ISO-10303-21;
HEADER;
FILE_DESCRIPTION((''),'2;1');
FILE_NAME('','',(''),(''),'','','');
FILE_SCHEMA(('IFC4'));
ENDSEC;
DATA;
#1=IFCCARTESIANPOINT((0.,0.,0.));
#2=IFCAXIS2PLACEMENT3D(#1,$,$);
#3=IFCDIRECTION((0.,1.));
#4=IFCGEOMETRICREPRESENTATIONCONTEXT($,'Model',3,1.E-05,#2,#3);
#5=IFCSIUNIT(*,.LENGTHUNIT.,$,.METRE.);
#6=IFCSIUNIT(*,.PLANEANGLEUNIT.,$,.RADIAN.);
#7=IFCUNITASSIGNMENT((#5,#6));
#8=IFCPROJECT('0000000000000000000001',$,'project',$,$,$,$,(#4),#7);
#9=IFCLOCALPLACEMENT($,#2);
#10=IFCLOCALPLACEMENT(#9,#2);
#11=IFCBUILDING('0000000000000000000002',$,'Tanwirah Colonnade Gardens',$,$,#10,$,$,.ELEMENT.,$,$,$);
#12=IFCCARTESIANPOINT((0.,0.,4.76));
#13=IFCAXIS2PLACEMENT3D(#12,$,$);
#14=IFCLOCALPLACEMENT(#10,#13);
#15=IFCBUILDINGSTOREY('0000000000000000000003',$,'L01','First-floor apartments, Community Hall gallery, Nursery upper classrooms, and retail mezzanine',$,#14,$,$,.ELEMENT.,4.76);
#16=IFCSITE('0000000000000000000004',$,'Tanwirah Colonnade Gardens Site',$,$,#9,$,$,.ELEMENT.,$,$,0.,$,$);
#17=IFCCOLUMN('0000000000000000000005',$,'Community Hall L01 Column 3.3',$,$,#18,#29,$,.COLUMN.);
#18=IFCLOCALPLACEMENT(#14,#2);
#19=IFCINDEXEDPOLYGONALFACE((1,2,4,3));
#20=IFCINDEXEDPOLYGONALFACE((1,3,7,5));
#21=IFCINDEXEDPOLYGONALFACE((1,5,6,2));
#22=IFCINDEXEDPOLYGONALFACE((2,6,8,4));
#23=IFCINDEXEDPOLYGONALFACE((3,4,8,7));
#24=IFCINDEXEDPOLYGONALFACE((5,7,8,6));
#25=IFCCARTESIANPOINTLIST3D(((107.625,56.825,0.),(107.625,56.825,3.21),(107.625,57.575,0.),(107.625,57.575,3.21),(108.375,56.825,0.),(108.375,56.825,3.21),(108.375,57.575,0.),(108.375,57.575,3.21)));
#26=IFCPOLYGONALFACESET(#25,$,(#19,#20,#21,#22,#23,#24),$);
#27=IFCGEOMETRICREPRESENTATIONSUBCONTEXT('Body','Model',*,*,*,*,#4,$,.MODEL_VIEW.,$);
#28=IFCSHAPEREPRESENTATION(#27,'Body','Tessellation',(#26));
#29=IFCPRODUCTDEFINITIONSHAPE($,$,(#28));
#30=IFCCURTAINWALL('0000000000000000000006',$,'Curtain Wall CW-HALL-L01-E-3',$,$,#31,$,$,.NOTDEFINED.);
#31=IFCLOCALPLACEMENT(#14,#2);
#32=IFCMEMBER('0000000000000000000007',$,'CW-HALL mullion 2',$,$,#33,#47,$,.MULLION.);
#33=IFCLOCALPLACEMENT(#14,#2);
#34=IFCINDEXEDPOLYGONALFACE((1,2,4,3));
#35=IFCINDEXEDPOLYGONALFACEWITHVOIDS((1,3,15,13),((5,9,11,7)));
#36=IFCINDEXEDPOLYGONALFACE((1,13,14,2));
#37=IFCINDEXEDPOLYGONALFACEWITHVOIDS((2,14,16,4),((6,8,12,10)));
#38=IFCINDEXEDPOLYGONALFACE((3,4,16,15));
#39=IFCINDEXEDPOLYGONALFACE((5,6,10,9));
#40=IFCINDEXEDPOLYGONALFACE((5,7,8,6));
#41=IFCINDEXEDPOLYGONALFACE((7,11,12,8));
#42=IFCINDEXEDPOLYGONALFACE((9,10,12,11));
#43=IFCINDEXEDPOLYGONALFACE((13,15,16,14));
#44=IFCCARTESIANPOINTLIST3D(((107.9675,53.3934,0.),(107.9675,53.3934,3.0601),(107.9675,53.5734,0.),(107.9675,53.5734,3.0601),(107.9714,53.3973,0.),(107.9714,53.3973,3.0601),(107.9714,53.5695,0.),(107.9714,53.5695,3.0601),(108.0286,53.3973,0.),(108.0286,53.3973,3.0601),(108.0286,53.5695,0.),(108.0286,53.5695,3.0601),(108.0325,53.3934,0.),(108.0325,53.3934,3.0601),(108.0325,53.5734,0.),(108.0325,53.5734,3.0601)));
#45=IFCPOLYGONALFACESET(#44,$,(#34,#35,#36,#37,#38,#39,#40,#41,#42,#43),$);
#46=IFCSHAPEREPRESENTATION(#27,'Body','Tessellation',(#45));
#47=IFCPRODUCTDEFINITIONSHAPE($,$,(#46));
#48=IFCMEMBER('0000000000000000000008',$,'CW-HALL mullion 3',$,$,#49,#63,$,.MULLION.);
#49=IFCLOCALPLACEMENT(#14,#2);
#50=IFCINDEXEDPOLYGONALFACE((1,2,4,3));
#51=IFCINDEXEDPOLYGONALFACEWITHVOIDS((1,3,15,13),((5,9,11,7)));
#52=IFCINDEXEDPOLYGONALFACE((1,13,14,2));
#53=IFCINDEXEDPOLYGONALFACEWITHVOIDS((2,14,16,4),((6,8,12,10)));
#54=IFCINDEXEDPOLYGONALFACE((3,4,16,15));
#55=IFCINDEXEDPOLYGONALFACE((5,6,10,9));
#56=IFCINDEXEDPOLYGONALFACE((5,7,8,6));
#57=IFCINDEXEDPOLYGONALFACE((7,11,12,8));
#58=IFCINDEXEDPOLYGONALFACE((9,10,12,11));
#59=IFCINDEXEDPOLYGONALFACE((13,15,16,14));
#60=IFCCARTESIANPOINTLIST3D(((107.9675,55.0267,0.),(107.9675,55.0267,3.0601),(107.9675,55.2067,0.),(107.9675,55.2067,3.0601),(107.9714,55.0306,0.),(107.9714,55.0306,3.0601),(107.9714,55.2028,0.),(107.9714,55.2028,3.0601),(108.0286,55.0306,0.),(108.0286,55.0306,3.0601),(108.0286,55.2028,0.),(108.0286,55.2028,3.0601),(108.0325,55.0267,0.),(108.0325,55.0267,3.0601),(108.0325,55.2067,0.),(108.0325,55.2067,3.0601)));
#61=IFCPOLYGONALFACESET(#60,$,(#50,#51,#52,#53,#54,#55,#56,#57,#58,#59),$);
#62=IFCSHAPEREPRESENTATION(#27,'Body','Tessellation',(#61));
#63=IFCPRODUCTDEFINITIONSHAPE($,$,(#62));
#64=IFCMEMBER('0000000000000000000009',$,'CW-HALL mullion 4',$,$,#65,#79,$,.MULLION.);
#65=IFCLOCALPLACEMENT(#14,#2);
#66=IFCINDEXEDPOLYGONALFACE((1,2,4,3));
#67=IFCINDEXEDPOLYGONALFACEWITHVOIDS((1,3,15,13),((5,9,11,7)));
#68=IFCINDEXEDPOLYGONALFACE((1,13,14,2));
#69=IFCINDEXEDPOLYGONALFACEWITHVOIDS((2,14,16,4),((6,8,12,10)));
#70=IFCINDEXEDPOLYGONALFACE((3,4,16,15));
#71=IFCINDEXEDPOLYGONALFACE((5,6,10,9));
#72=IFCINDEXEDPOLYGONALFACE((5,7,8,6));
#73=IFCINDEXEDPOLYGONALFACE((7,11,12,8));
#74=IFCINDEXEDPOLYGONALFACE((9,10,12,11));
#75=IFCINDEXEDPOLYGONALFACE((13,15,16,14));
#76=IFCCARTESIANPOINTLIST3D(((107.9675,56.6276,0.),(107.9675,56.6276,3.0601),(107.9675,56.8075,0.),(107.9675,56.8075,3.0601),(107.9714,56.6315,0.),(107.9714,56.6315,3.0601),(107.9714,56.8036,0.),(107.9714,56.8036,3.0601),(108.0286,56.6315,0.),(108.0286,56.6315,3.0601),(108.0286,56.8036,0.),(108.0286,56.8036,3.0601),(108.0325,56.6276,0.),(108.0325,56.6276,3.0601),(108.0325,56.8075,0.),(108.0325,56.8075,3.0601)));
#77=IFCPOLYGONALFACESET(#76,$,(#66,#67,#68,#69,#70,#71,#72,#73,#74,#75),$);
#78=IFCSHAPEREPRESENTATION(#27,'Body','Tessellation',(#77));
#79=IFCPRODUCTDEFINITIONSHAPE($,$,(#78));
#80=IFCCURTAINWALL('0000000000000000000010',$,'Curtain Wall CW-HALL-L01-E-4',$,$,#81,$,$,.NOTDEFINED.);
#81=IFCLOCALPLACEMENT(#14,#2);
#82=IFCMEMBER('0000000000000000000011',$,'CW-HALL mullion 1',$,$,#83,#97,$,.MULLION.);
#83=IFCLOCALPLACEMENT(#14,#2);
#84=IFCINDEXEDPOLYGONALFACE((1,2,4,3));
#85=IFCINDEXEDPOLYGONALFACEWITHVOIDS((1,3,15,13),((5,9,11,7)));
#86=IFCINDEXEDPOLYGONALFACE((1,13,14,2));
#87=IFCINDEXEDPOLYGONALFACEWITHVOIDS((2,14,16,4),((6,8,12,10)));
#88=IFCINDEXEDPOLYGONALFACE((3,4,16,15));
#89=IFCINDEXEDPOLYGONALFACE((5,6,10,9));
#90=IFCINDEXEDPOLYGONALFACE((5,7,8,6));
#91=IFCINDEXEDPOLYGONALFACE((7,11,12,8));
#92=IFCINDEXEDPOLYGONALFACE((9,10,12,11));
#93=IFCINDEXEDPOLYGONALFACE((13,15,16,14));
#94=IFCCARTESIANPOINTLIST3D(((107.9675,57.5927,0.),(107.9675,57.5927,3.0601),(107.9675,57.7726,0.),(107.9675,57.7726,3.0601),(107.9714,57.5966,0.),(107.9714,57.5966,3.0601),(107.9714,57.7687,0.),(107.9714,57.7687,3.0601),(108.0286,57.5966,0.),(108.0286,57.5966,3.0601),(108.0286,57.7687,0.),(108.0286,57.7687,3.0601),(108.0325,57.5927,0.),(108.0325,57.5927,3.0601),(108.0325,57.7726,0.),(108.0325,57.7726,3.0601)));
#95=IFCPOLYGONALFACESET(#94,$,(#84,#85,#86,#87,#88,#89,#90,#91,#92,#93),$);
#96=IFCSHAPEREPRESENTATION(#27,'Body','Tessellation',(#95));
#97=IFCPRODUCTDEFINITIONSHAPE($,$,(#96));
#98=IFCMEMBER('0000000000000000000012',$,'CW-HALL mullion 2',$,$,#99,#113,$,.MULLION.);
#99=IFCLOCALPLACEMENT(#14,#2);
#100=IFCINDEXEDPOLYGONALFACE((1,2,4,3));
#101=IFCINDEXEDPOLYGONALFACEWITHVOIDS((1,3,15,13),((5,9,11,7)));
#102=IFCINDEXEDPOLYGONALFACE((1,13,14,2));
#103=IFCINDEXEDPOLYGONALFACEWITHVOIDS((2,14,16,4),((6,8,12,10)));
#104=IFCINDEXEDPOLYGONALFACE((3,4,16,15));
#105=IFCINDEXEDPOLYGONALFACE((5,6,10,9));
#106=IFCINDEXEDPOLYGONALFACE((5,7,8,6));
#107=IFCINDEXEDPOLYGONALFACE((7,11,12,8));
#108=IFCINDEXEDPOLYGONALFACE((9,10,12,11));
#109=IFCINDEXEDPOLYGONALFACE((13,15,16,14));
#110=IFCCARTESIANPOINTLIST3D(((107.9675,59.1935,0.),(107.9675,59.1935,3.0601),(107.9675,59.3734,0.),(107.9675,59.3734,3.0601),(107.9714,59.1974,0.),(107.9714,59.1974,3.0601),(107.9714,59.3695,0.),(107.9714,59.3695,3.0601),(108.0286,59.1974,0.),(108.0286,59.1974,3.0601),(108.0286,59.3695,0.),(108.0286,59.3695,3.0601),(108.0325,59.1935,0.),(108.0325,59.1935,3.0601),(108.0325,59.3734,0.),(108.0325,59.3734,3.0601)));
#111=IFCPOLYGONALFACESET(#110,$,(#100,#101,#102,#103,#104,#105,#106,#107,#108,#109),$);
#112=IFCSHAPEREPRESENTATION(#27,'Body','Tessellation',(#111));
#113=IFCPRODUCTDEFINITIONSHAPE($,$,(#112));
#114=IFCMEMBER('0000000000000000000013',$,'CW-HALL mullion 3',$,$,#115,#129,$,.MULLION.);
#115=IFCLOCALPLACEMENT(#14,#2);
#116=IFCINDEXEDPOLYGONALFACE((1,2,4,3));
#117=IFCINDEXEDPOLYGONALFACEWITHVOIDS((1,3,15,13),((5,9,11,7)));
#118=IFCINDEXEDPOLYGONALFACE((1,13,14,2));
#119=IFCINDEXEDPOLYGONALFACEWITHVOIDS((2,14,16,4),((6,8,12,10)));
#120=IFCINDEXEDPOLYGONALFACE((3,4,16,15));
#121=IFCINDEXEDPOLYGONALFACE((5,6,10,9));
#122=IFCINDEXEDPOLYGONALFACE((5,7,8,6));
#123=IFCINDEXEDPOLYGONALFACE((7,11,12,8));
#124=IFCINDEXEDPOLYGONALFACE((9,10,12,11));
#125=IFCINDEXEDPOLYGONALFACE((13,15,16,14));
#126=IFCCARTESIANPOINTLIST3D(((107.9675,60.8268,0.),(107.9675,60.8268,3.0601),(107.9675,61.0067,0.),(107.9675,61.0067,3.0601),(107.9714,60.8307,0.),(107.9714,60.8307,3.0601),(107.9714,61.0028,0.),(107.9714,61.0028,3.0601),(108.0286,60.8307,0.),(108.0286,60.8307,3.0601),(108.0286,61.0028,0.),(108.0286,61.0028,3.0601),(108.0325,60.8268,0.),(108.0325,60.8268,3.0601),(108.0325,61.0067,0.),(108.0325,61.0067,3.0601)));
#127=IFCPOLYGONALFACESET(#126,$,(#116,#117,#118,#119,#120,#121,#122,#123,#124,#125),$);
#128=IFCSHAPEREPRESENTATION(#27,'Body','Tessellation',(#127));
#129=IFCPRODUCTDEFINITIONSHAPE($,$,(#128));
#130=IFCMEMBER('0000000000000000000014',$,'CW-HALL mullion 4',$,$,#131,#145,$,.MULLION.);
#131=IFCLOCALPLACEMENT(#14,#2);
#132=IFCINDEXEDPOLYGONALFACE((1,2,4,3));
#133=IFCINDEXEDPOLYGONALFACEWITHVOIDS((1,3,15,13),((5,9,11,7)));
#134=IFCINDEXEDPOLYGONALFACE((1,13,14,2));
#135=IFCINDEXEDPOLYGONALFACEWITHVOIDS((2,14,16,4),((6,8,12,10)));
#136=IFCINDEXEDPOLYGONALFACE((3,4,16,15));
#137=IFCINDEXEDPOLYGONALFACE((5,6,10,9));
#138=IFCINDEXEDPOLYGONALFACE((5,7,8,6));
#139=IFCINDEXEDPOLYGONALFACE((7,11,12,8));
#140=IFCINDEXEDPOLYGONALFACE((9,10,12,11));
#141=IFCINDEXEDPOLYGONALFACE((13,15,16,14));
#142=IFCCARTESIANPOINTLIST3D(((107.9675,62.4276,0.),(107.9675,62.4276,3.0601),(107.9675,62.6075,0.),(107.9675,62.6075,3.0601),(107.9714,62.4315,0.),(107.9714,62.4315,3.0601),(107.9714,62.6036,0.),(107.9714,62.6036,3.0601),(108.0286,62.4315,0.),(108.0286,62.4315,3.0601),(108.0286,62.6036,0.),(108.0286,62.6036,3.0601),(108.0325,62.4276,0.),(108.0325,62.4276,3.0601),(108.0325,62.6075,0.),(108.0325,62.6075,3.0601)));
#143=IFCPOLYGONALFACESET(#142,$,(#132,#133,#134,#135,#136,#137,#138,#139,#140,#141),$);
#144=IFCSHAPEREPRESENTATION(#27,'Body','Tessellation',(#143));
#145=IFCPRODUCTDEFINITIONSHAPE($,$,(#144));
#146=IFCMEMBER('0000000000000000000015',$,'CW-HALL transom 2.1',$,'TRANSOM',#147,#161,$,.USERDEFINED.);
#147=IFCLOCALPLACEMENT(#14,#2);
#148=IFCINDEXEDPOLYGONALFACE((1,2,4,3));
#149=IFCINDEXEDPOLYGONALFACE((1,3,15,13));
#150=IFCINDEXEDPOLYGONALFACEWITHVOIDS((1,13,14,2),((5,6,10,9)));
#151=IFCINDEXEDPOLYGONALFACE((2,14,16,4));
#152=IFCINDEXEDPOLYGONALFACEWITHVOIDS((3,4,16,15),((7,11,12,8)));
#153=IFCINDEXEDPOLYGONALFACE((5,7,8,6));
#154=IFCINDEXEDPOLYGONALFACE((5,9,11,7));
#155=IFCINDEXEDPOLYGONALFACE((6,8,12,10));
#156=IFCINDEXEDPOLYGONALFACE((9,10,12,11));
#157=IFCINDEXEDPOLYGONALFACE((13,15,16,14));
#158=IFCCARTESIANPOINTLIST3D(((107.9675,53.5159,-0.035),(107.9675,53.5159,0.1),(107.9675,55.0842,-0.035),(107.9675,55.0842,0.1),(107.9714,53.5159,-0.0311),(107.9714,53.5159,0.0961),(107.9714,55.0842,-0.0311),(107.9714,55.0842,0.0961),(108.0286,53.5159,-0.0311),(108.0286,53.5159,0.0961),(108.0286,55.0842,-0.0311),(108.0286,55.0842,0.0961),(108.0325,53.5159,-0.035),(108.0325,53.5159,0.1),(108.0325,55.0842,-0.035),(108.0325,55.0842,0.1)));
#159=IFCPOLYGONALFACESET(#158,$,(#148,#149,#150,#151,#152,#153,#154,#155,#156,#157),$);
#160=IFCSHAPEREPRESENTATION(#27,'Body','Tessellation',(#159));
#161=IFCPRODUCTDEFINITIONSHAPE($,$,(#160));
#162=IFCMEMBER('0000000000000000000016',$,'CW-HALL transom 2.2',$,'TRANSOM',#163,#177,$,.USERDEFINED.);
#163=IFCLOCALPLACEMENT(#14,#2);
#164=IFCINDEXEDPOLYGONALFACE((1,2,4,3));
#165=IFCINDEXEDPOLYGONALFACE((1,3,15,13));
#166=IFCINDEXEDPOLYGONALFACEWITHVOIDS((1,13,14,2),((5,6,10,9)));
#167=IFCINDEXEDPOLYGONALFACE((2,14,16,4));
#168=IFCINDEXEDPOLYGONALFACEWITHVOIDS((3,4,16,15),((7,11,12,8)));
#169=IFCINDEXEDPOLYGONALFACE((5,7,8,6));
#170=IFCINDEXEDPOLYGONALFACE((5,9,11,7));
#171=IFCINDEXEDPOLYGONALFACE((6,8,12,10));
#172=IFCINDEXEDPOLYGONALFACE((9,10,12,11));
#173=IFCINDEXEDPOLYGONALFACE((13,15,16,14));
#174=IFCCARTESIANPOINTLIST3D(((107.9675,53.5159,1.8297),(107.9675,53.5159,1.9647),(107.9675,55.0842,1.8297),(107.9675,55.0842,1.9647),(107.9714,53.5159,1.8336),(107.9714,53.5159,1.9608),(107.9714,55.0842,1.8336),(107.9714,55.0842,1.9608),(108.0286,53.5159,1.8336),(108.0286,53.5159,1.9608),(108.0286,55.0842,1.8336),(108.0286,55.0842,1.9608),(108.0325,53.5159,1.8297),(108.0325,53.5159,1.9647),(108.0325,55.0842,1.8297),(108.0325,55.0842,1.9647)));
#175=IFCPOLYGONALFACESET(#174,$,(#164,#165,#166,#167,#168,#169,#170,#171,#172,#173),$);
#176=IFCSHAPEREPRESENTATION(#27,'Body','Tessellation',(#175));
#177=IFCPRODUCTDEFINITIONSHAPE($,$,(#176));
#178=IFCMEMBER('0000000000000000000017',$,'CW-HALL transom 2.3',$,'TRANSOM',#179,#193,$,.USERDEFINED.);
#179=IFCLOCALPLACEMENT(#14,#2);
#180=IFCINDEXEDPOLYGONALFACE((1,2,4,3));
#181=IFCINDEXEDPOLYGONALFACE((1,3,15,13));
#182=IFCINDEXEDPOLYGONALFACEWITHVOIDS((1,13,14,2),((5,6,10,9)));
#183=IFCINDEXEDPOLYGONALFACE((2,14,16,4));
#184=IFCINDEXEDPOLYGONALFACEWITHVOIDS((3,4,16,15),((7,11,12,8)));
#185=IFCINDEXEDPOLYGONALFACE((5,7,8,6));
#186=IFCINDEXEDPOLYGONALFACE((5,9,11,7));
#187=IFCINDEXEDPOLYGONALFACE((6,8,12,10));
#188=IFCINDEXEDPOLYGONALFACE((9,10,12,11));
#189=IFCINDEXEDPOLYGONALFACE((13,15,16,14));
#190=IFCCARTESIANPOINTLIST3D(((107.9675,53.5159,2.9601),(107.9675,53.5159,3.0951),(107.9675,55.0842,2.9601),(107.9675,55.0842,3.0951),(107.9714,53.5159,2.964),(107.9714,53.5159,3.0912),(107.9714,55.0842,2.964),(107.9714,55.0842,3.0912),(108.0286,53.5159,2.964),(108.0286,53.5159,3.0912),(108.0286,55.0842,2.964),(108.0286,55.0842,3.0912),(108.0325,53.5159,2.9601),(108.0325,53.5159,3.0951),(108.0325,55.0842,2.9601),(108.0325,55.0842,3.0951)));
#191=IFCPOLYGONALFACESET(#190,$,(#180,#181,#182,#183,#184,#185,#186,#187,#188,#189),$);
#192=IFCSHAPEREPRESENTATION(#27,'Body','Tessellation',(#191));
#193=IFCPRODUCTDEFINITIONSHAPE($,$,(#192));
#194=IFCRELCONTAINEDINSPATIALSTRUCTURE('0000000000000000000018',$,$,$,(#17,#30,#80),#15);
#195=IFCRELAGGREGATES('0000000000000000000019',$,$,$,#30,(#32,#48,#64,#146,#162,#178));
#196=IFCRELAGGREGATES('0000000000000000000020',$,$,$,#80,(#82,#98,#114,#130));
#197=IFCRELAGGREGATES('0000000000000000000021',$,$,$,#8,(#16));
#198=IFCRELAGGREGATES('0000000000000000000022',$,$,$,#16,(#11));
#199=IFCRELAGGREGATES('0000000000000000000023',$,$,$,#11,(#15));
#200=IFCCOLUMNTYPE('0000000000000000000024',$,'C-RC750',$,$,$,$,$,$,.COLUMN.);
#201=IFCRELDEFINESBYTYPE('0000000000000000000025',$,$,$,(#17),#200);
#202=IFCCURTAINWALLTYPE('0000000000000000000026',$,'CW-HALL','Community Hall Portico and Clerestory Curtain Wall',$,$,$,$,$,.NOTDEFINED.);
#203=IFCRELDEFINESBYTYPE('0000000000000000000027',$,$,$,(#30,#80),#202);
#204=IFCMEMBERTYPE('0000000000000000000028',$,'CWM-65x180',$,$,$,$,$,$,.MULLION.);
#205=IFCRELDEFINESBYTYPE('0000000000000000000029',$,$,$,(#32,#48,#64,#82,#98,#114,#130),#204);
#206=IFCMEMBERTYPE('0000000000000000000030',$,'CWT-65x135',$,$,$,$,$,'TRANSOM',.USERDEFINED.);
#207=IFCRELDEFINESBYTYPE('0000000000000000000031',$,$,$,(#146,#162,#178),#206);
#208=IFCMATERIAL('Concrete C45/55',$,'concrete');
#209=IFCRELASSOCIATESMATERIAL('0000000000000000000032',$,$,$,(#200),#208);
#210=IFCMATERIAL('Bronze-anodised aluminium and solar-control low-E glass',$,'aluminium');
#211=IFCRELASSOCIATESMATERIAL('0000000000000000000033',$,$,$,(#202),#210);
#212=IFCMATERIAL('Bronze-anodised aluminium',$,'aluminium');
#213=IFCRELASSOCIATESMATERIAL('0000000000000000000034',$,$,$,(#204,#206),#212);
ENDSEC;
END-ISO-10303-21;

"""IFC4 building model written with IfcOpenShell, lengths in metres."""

from ifc_helpers import new_model, si_unit, direction, frame, origin, origin_2d, place, context, subcontext, project, spatial, rectangle, hollow_rectangle, extrude, material, material_profile, profile_set, type_object, element, aggregate, save


model = new_model("IFC4")

# Units and contexts
model_context = context("Model", 3, precision=1e-05, world=origin(), true_north=direction((0.0, 1.0)))
body_context = subcontext(model_context, "Body", "Model", "MODEL_VIEW")
ifc_project = project(units=[si_unit("LENGTHUNIT", "METRE"), si_unit("PLANEANGLEUNIT", "RADIAN")], contexts=[model_context])

# Site, building, storey
site_placement = place(None, origin())
site = spatial("IfcSite", under=ifc_project, at=site_placement, Name="Tanwirah Colonnade Gardens Site", CompositionType="ELEMENT", RefElevation=0.0)
building_placement = place(site_placement, origin())
building = spatial("IfcBuilding", under=site, at=building_placement, Name="Tanwirah Colonnade Gardens", CompositionType="ELEMENT")
storey_placement = place(building_placement, frame((0.0, 0.0, 4.76)))
storey = spatial("IfcBuildingStorey", under=building, at=storey_placement, Name="L01", Description="First-floor apartments, Community Hall gallery, Nursery upper classrooms, and retail mezzanine", CompositionType="ELEMENT", Elevation=4.76)

# Column
ifc_material_1 = material(Name="Concrete C45/55", Category="concrete")
ifc_material_profile_1 = material_profile(ifc_material_1, rectangle(XDim=0.75, YDim=0.75, at=origin_2d()), Name="RC-COL 750x750")
ifc_profile_set_1 = profile_set([ifc_material_profile_1], Name="Concrete C45/55")
column_type = type_object("IfcColumnType", Name="C-RC750", PredefinedType="COLUMN", material=ifc_profile_set_1)
column_placement = place(storey_placement, frame((108.0, 57.2, 0.0), z_axis=(0.0, 0.0, 1.0), x_axis=(1.0, 0.0, 0.0)))
element("IfcColumn", 1, at=column_placement, inside=storey, type_object=column_type, Name="Community Hall L01 Column 3.3", PredefinedType="COLUMN", context=body_context, shape_type="SweptSolid", body=[
    extrude(rectangle(XDim=0.75, YDim=0.75, at=origin_2d()), origin(), (0.0, 0.0, 1.0), 3.21),
])

# Curtain walls, members
ifc_material_2 = material(Name="Bronze-anodised aluminium and solar-control low-E glass", Category="aluminium")
curtain_wall_type = type_object("IfcCurtainWallType", Name="CW-HALL", Description="Community Hall Portico and Clerestory Curtain Wall", PredefinedType="NOTDEFINED", material=ifc_material_2)
curtain_wall_1_placement = place(storey_placement, origin())
curtain_wall_1 = element("IfcCurtainWall", 2, at=curtain_wall_1_placement, inside=storey, type_object=curtain_wall_type, Name="Curtain Wall CW-HALL-L01-E-3", PredefinedType="NOTDEFINED")
ifc_material_3 = material(Name="Bronze-anodised aluminium", Category="aluminium")
ifc_material_profile_2 = material_profile(ifc_material_3, hollow_rectangle(XDim=0.0649, YDim=0.1799, WallThickness=0.0039, at=origin_2d()), Name="CW-MUL 65x180x4")
ifc_profile_set_2 = profile_set([ifc_material_profile_2], Name="Bronze-anodised aluminium")
member_type_1 = type_object("IfcMemberType", Name="CWM-65x180", PredefinedType="MULLION", material=ifc_profile_set_2)
member_1_placement = place(storey_placement, frame((108.0, 53.4834, 0.0), z_axis=(0.0, 0.0, 1.0), x_axis=(-1.0, 0.0, 0.0)))
member_1 = element("IfcMember", 3, at=member_1_placement, type_object=member_type_1, Name="CW-HALL mullion 2", PredefinedType="MULLION", context=body_context, shape_type="SweptSolid", body=[
    extrude(hollow_rectangle(XDim=0.0649, YDim=0.1799, WallThickness=0.0039, at=origin_2d()), origin(), (0.0, 0.0, 1.0), 3.0601),
])
member_2_placement = place(storey_placement, frame((108.0, 55.1167, 0.0), z_axis=(0.0, 0.0, 1.0), x_axis=(-1.0, 0.0, 0.0)))
member_2 = element("IfcMember", 4, at=member_2_placement, type_object=member_type_1, Name="CW-HALL mullion 3", PredefinedType="MULLION", context=body_context, shape_type="SweptSolid", body=[
    extrude(hollow_rectangle(XDim=0.0649, YDim=0.1799, WallThickness=0.0039, at=origin_2d()), origin(), (0.0, 0.0, 1.0), 3.0601),
])
member_3_placement = place(storey_placement, frame((108.0, 56.7175, 0.0), z_axis=(0.0, 0.0, 1.0), x_axis=(-1.0, 0.0, 0.0)))
member_3 = element("IfcMember", 5, at=member_3_placement, type_object=member_type_1, Name="CW-HALL mullion 4", PredefinedType="MULLION", context=body_context, shape_type="SweptSolid", body=[
    extrude(hollow_rectangle(XDim=0.0649, YDim=0.1799, WallThickness=0.0039, at=origin_2d()), origin(), (0.0, 0.0, 1.0), 3.0601),
])
curtain_wall_2_placement = place(storey_placement, origin())
curtain_wall_2 = element("IfcCurtainWall", 6, at=curtain_wall_2_placement, inside=storey, type_object=curtain_wall_type, Name="Curtain Wall CW-HALL-L01-E-4", PredefinedType="NOTDEFINED")
member_4_placement = place(storey_placement, frame((108.0, 57.6826, 0.0), z_axis=(0.0, 0.0, 1.0), x_axis=(-1.0, 0.0, 0.0)))
member_4 = element("IfcMember", 7, at=member_4_placement, type_object=member_type_1, Name="CW-HALL mullion 1", PredefinedType="MULLION", context=body_context, shape_type="SweptSolid", body=[
    extrude(hollow_rectangle(XDim=0.0649, YDim=0.1799, WallThickness=0.0039, at=origin_2d()), origin(), (0.0, 0.0, 1.0), 3.0601),
])
member_5_placement = place(storey_placement, frame((108.0, 59.2834, 0.0), z_axis=(0.0, 0.0, 1.0), x_axis=(-1.0, 0.0, 0.0)))
member_5 = element("IfcMember", 8, at=member_5_placement, type_object=member_type_1, Name="CW-HALL mullion 2", PredefinedType="MULLION", context=body_context, shape_type="SweptSolid", body=[
    extrude(hollow_rectangle(XDim=0.0649, YDim=0.1799, WallThickness=0.0039, at=origin_2d()), origin(), (0.0, 0.0, 1.0), 3.0601),
])
member_6_placement = place(storey_placement, frame((108.0, 60.9167, 0.0), z_axis=(0.0, 0.0, 1.0), x_axis=(-1.0, 0.0, 0.0)))
member_6 = element("IfcMember", 9, at=member_6_placement, type_object=member_type_1, Name="CW-HALL mullion 3", PredefinedType="MULLION", context=body_context, shape_type="SweptSolid", body=[
    extrude(hollow_rectangle(XDim=0.0649, YDim=0.1799, WallThickness=0.0039, at=origin_2d()), origin(), (0.0, 0.0, 1.0), 3.0601),
])
member_7_placement = place(storey_placement, frame((108.0, 62.5176, 0.0), z_axis=(0.0, 0.0, 1.0), x_axis=(-1.0, 0.0, 0.0)))
member_7 = element("IfcMember", 10, at=member_7_placement, type_object=member_type_1, Name="CW-HALL mullion 4", PredefinedType="MULLION", context=body_context, shape_type="SweptSolid", body=[
    extrude(hollow_rectangle(XDim=0.0649, YDim=0.1799, WallThickness=0.0039, at=origin_2d()), origin(), (0.0, 0.0, 1.0), 3.0601),
])

# Members
ifc_material_profile_3 = material_profile(ifc_material_3, hollow_rectangle(XDim=0.0649, YDim=0.135, WallThickness=0.0039, at=origin_2d()), Name="CW-TRN 65x135x4")
ifc_profile_set_3 = profile_set([ifc_material_profile_3], Name="Bronze-anodised aluminium")
member_type_2 = type_object("IfcMemberType", Name="CWT-65x135", ElementType="TRANSOM", PredefinedType="USERDEFINED", material=ifc_profile_set_3)
member_8_placement = place(storey_placement, frame((108.0, 53.5159, 0.0325), z_axis=(0.0, 1.0, 0.0), x_axis=(-1.0, 0.0, 0.0)))
member_8 = element("IfcMember", 11, at=member_8_placement, type_object=member_type_2, Name="CW-HALL transom 2.1", ObjectType="TRANSOM", PredefinedType="USERDEFINED", context=body_context, shape_type="SweptSolid", body=[
    extrude(hollow_rectangle(XDim=0.0649, YDim=0.135, WallThickness=0.0039, at=origin_2d()), origin(), (0.0, 0.0, 1.0), 1.5684),
])
member_9_placement = place(storey_placement, frame((108.0, 53.5159, 1.8972), z_axis=(0.0, 1.0, 0.0), x_axis=(-1.0, 0.0, 0.0)))
member_9 = element("IfcMember", 12, at=member_9_placement, type_object=member_type_2, Name="CW-HALL transom 2.2", ObjectType="TRANSOM", PredefinedType="USERDEFINED", context=body_context, shape_type="SweptSolid", body=[
    extrude(hollow_rectangle(XDim=0.0649, YDim=0.135, WallThickness=0.0039, at=origin_2d()), origin(), (0.0, 0.0, 1.0), 1.5684),
])
member_10_placement = place(storey_placement, frame((108.0, 53.5159, 3.0276), z_axis=(0.0, 1.0, 0.0), x_axis=(-1.0, 0.0, 0.0)))
member_10 = element("IfcMember", 13, at=member_10_placement, type_object=member_type_2, Name="CW-HALL transom 2.3", ObjectType="TRANSOM", PredefinedType="USERDEFINED", context=body_context, shape_type="SweptSolid", body=[
    extrude(hollow_rectangle(XDim=0.0649, YDim=0.135, WallThickness=0.0039, at=origin_2d()), origin(), (0.0, 0.0, 1.0), 1.5684),
])

aggregate(curtain_wall_1, [member_1, member_2, member_3, member_8, member_9, member_10])
aggregate(curtain_wall_2, [member_4, member_5, member_6, member_7])

save(model, "model.ifc")
